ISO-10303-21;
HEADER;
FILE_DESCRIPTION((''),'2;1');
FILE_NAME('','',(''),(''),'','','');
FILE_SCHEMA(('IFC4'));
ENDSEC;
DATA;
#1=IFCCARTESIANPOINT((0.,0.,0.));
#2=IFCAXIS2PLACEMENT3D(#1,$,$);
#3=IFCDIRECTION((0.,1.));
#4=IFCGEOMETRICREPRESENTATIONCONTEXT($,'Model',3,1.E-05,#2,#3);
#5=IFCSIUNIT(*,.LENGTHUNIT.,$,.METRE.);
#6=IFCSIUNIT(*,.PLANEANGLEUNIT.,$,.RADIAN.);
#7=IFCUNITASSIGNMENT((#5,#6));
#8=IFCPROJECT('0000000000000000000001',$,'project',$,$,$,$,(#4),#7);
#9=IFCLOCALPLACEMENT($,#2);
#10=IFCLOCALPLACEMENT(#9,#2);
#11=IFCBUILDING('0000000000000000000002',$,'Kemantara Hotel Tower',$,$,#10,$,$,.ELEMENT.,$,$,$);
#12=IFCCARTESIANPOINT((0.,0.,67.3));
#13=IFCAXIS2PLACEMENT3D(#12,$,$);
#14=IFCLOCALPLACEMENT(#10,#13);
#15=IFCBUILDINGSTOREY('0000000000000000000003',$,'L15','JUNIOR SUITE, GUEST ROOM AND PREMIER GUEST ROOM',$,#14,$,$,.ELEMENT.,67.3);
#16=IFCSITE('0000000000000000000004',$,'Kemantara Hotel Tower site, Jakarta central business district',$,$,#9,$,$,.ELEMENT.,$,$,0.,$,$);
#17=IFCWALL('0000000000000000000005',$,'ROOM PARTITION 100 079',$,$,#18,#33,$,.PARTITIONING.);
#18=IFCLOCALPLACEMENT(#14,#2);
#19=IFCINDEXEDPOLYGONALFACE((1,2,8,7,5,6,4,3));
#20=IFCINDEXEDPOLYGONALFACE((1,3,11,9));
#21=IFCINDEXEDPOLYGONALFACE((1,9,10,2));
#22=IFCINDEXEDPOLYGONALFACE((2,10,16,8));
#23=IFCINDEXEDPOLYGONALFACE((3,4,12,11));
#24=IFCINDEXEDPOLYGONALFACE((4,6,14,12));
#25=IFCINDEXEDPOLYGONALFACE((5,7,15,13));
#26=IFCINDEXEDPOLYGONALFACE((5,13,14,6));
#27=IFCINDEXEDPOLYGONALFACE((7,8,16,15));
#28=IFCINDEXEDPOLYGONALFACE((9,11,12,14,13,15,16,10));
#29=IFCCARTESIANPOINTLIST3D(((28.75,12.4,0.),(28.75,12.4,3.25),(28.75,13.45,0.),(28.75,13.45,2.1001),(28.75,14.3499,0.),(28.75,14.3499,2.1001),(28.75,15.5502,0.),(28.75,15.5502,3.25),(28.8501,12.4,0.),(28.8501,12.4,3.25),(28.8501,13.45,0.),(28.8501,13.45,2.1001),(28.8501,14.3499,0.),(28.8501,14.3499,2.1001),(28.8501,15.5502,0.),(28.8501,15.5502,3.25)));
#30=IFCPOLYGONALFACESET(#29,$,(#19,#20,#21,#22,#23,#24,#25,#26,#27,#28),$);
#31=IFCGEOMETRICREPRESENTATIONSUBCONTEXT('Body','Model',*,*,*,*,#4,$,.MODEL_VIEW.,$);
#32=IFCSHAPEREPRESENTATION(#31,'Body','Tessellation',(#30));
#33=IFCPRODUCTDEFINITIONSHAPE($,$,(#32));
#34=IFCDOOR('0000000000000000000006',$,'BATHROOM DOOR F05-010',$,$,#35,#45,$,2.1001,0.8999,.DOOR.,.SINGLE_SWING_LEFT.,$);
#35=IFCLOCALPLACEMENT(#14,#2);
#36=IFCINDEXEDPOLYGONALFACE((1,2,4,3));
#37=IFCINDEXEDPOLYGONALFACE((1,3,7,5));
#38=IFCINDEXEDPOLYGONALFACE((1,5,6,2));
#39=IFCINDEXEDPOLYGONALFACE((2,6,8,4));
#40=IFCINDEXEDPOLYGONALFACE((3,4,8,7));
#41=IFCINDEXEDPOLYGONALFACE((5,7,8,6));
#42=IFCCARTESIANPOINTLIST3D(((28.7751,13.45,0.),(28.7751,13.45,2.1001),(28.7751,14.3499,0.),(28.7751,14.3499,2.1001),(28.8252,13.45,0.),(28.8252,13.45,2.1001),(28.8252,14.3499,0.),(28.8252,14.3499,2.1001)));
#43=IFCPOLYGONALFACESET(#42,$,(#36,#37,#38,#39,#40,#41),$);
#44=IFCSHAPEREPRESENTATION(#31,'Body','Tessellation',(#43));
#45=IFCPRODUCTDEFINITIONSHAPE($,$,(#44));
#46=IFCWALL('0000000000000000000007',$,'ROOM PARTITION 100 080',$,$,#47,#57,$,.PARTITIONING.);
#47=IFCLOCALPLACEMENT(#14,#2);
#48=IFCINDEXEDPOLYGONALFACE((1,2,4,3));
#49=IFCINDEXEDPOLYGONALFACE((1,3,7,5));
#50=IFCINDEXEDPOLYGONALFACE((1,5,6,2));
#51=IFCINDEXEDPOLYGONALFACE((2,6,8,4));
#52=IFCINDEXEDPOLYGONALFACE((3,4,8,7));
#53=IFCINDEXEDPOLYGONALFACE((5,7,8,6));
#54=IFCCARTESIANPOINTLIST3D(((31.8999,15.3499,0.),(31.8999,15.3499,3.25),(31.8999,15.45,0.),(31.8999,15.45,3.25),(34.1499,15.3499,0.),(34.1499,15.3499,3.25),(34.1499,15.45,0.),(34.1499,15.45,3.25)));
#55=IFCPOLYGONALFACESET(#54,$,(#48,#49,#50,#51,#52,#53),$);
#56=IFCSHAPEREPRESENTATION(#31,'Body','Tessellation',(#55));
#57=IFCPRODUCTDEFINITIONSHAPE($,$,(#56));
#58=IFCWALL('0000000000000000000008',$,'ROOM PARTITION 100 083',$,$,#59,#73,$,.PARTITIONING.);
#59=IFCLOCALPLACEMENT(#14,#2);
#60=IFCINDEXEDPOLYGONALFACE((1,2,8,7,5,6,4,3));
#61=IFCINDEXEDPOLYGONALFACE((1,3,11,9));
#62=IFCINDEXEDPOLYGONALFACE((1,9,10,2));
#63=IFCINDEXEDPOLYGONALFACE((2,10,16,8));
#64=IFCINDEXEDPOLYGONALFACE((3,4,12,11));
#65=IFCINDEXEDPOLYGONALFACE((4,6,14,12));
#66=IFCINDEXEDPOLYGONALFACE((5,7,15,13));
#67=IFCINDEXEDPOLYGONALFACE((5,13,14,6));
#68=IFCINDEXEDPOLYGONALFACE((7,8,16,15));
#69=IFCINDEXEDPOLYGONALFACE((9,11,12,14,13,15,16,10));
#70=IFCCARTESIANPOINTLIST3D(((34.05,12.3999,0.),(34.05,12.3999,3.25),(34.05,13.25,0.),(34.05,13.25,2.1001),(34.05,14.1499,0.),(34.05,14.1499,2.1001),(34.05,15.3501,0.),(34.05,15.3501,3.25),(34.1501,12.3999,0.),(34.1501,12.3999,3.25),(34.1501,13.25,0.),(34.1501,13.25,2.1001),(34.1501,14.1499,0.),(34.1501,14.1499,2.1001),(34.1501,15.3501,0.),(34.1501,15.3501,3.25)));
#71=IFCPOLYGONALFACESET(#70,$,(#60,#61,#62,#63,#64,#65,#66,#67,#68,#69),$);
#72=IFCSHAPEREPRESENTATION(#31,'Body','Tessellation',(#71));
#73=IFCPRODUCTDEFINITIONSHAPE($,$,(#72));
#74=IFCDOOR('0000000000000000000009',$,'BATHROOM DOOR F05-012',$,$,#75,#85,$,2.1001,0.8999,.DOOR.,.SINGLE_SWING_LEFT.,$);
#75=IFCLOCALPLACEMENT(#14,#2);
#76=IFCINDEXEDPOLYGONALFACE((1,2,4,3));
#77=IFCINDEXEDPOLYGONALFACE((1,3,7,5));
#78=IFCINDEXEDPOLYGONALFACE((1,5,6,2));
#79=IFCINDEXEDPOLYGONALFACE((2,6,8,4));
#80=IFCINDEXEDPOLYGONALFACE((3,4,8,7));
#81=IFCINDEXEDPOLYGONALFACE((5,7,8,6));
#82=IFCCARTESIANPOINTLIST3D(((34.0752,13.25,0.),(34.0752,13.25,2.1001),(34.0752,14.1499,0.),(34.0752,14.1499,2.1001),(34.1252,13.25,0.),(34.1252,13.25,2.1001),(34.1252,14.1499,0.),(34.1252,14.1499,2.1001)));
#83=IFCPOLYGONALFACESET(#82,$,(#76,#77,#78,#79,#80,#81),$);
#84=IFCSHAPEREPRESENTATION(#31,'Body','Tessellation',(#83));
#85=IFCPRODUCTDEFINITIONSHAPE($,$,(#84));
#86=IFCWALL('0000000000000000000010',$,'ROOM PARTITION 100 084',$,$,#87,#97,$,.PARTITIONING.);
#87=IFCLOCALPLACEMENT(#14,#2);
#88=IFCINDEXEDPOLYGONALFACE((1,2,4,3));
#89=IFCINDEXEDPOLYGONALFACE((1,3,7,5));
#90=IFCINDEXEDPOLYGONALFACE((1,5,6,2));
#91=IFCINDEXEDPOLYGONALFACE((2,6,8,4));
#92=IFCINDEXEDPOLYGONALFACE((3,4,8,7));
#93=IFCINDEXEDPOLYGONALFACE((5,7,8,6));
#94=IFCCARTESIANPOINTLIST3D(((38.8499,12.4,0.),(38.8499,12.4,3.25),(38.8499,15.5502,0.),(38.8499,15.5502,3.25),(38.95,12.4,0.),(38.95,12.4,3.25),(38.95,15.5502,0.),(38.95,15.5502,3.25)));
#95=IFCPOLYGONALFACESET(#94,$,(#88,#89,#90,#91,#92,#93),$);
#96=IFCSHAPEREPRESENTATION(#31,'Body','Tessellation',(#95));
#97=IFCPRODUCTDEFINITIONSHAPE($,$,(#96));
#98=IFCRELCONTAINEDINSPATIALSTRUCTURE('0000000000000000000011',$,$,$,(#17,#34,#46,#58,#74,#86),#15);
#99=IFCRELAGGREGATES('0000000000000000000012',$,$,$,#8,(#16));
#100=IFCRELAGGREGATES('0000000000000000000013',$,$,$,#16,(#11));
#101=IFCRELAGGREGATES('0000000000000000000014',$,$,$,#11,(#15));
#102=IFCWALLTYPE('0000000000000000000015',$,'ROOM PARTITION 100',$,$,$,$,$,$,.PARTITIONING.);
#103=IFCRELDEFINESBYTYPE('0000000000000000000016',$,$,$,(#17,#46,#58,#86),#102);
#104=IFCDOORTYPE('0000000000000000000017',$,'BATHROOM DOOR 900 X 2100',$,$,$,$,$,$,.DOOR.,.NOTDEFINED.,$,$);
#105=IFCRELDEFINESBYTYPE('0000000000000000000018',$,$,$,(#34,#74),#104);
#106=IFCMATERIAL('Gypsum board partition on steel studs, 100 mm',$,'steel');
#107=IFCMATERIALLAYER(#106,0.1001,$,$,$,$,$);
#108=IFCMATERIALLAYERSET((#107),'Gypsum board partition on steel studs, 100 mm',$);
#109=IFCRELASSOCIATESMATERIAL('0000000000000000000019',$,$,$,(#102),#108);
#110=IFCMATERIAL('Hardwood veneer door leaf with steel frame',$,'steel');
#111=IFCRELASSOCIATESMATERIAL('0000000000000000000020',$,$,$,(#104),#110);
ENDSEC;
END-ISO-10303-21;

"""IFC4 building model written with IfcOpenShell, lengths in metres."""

from ifc_helpers import new_model, si_unit, direction, frame, frame_2d, origin, place, context, subcontext, project, spatial, rectangle, extrude, material, layer, layer_set, type_object, element, fill, save


model = new_model("IFC4")

# Units and contexts
model_context = context("Model", 3, precision=1e-05, world=origin(), true_north=direction((0.0, 1.0)))
body_context = subcontext(model_context, "Body", "Model", "MODEL_VIEW")
ifc_project = project(units=[si_unit("LENGTHUNIT", "METRE"), si_unit("PLANEANGLEUNIT", "RADIAN")], contexts=[model_context])

# Site, building, storey
site_placement = place(None, origin())
site = spatial("IfcSite", under=ifc_project, at=site_placement, Name="Kemantara Hotel Tower site, Jakarta central business district", CompositionType="ELEMENT", RefElevation=0.0)
building_placement = place(site_placement, origin())
building = spatial("IfcBuilding", under=site, at=building_placement, Name="Kemantara Hotel Tower", CompositionType="ELEMENT")
storey_placement = place(building_placement, frame((0.0, 0.0, 67.3)))
storey = spatial("IfcBuildingStorey", under=building, at=storey_placement, Name="L15", Description="JUNIOR SUITE, GUEST ROOM AND PREMIER GUEST ROOM", CompositionType="ELEMENT", Elevation=67.3)

# Shared definitions
ifc_material_1 = material(Name="Hardwood veneer door leaf with steel frame", Category="steel")

# Shared definitions
ifc_material_2 = material(Name="Gypsum board partition on steel studs, 100 mm", Category="steel")
ifc_layer_1 = layer(ifc_material_2, 0.1001)
ifc_layer_set_1 = layer_set([ifc_layer_1], Name="Gypsum board partition on steel studs, 100 mm")
wall_type_1 = type_object("IfcWallType", Name="ROOM PARTITION 100", PredefinedType="PARTITIONING", material=ifc_layer_set_1)

# Wall, opening, door
wall_1_placement = place(storey_placement, frame((28.8, 12.3999, 0.0), z_axis=(0.0, 0.0, 1.0), x_axis=(0.0, 1.0, 0.0)))
wall_1 = element("IfcWall", 1, at=wall_1_placement, inside=storey, type_object=wall_type_1, Name="ROOM PARTITION 100 079", PredefinedType="PARTITIONING", context=body_context, shape_type="SweptSolid", body=[
    extrude(rectangle(XDim=3.1501, YDim=0.1001, at=frame_2d((1.5752, 0.0))), origin(), (0.0, 0.0, 1.0), 3.25),
])
opening_1_placement = place(wall_1_placement, frame((1.05, 0.0, 0.0)))
opening_1 = element("IfcOpeningElement", 2, at=opening_1_placement, cuts=wall_1, PredefinedType="OPENING", context=body_context, shape_type="SweptSolid", body=[
    extrude(rectangle(XDim=0.8999, YDim=2.1001, at=frame_2d((0.45, 1.05))), frame((0.0, 0.0601, 0.0), z_axis=(0.0, -1.0, 0.0), x_axis=(1.0, 0.0, 0.0)), (0.0, 0.0, 1.0), 0.1201),
])
door_type_1 = type_object("IfcDoorType", Name="BATHROOM DOOR 900 X 2100", OperationType="NOTDEFINED", PredefinedType="DOOR", material=ifc_material_1)
door_1_placement = place(opening_1_placement, origin())
door_1 = element("IfcDoor", 3, at=door_1_placement, inside=storey, type_object=door_type_1, Name="BATHROOM DOOR F05-010", OperationType="SINGLE_SWING_LEFT", OverallHeight=2.1001, OverallWidth=0.8999, PredefinedType="DOOR", context=body_context, shape_type="SweptSolid", body=[
    extrude(rectangle(XDim=0.8999, YDim=2.1001, at=frame_2d((0.45, 1.05))), frame((0.0, 0.0249, 0.0), z_axis=(0.0, -1.0, 0.0), x_axis=(1.0, 0.0, 0.0)), (0.0, 0.0, 1.0), 0.05),
])
fill(opening_1, door_1)

# Wall
wall_2_placement = place(storey_placement, frame((31.8999, 15.3999, 0.0), z_axis=(0.0, 0.0, 1.0), x_axis=(1.0, 0.0, 0.0)))
element("IfcWall", 4, at=wall_2_placement, inside=storey, type_object=wall_type_1, Name="ROOM PARTITION 100 080", PredefinedType="PARTITIONING", context=body_context, shape_type="SweptSolid", body=[
    extrude(rectangle(XDim=2.25, YDim=0.1001, at=frame_2d((1.125, 0.0))), origin(), (0.0, 0.0, 1.0), 3.25),
])

# Wall, opening, door
wall_3_placement = place(storey_placement, frame((34.1001, 12.3999, 0.0), z_axis=(0.0, 0.0, 1.0), x_axis=(0.0, 1.0, 0.0)))
wall_3 = element("IfcWall", 5, at=wall_3_placement, inside=storey, type_object=wall_type_1, Name="ROOM PARTITION 100 083", PredefinedType="PARTITIONING", context=body_context, shape_type="SweptSolid", body=[
    extrude(rectangle(XDim=2.9502, YDim=0.1001, at=frame_2d((1.4751, 0.0))), origin(), (0.0, 0.0, 1.0), 3.25),
])
opening_2_placement = place(wall_3_placement, frame((0.8501, 0.0, 0.0)))
opening_2 = element("IfcOpeningElement", 6, at=opening_2_placement, cuts=wall_3, PredefinedType="OPENING", context=body_context, shape_type="SweptSolid", body=[
    extrude(rectangle(XDim=0.8999, YDim=2.1001, at=frame_2d((0.45, 1.05))), frame((0.0, 0.0601, 0.0), z_axis=(0.0, -1.0, 0.0), x_axis=(1.0, 0.0, 0.0)), (0.0, 0.0, 1.0), 0.1201),
])
door_2_placement = place(opening_2_placement, origin())
door_2 = element("IfcDoor", 7, at=door_2_placement, inside=storey, type_object=door_type_1, Name="BATHROOM DOOR F05-012", OperationType="SINGLE_SWING_LEFT", OverallHeight=2.1001, OverallWidth=0.8999, PredefinedType="DOOR", context=body_context, shape_type="SweptSolid", body=[
    extrude(rectangle(XDim=0.8999, YDim=2.1001, at=frame_2d((0.45, 1.05))), frame((0.0, 0.0249, 0.0), z_axis=(0.0, -1.0, 0.0), x_axis=(1.0, 0.0, 0.0)), (0.0, 0.0, 1.0), 0.05),
])
fill(opening_2, door_2)

# Wall
wall_4_placement = place(storey_placement, frame((38.8999, 12.3999, 0.0), z_axis=(0.0, 0.0, 1.0), x_axis=(0.0, 1.0, 0.0)))
element("IfcWall", 8, at=wall_4_placement, inside=storey, type_object=wall_type_1, Name="ROOM PARTITION 100 084", PredefinedType="PARTITIONING", context=body_context, shape_type="SweptSolid", body=[
    extrude(rectangle(XDim=3.1501, YDim=0.1001, at=frame_2d((1.5752, 0.0))), origin(), (0.0, 0.0, 1.0), 3.25),
])

save(model, "model.ifc")
